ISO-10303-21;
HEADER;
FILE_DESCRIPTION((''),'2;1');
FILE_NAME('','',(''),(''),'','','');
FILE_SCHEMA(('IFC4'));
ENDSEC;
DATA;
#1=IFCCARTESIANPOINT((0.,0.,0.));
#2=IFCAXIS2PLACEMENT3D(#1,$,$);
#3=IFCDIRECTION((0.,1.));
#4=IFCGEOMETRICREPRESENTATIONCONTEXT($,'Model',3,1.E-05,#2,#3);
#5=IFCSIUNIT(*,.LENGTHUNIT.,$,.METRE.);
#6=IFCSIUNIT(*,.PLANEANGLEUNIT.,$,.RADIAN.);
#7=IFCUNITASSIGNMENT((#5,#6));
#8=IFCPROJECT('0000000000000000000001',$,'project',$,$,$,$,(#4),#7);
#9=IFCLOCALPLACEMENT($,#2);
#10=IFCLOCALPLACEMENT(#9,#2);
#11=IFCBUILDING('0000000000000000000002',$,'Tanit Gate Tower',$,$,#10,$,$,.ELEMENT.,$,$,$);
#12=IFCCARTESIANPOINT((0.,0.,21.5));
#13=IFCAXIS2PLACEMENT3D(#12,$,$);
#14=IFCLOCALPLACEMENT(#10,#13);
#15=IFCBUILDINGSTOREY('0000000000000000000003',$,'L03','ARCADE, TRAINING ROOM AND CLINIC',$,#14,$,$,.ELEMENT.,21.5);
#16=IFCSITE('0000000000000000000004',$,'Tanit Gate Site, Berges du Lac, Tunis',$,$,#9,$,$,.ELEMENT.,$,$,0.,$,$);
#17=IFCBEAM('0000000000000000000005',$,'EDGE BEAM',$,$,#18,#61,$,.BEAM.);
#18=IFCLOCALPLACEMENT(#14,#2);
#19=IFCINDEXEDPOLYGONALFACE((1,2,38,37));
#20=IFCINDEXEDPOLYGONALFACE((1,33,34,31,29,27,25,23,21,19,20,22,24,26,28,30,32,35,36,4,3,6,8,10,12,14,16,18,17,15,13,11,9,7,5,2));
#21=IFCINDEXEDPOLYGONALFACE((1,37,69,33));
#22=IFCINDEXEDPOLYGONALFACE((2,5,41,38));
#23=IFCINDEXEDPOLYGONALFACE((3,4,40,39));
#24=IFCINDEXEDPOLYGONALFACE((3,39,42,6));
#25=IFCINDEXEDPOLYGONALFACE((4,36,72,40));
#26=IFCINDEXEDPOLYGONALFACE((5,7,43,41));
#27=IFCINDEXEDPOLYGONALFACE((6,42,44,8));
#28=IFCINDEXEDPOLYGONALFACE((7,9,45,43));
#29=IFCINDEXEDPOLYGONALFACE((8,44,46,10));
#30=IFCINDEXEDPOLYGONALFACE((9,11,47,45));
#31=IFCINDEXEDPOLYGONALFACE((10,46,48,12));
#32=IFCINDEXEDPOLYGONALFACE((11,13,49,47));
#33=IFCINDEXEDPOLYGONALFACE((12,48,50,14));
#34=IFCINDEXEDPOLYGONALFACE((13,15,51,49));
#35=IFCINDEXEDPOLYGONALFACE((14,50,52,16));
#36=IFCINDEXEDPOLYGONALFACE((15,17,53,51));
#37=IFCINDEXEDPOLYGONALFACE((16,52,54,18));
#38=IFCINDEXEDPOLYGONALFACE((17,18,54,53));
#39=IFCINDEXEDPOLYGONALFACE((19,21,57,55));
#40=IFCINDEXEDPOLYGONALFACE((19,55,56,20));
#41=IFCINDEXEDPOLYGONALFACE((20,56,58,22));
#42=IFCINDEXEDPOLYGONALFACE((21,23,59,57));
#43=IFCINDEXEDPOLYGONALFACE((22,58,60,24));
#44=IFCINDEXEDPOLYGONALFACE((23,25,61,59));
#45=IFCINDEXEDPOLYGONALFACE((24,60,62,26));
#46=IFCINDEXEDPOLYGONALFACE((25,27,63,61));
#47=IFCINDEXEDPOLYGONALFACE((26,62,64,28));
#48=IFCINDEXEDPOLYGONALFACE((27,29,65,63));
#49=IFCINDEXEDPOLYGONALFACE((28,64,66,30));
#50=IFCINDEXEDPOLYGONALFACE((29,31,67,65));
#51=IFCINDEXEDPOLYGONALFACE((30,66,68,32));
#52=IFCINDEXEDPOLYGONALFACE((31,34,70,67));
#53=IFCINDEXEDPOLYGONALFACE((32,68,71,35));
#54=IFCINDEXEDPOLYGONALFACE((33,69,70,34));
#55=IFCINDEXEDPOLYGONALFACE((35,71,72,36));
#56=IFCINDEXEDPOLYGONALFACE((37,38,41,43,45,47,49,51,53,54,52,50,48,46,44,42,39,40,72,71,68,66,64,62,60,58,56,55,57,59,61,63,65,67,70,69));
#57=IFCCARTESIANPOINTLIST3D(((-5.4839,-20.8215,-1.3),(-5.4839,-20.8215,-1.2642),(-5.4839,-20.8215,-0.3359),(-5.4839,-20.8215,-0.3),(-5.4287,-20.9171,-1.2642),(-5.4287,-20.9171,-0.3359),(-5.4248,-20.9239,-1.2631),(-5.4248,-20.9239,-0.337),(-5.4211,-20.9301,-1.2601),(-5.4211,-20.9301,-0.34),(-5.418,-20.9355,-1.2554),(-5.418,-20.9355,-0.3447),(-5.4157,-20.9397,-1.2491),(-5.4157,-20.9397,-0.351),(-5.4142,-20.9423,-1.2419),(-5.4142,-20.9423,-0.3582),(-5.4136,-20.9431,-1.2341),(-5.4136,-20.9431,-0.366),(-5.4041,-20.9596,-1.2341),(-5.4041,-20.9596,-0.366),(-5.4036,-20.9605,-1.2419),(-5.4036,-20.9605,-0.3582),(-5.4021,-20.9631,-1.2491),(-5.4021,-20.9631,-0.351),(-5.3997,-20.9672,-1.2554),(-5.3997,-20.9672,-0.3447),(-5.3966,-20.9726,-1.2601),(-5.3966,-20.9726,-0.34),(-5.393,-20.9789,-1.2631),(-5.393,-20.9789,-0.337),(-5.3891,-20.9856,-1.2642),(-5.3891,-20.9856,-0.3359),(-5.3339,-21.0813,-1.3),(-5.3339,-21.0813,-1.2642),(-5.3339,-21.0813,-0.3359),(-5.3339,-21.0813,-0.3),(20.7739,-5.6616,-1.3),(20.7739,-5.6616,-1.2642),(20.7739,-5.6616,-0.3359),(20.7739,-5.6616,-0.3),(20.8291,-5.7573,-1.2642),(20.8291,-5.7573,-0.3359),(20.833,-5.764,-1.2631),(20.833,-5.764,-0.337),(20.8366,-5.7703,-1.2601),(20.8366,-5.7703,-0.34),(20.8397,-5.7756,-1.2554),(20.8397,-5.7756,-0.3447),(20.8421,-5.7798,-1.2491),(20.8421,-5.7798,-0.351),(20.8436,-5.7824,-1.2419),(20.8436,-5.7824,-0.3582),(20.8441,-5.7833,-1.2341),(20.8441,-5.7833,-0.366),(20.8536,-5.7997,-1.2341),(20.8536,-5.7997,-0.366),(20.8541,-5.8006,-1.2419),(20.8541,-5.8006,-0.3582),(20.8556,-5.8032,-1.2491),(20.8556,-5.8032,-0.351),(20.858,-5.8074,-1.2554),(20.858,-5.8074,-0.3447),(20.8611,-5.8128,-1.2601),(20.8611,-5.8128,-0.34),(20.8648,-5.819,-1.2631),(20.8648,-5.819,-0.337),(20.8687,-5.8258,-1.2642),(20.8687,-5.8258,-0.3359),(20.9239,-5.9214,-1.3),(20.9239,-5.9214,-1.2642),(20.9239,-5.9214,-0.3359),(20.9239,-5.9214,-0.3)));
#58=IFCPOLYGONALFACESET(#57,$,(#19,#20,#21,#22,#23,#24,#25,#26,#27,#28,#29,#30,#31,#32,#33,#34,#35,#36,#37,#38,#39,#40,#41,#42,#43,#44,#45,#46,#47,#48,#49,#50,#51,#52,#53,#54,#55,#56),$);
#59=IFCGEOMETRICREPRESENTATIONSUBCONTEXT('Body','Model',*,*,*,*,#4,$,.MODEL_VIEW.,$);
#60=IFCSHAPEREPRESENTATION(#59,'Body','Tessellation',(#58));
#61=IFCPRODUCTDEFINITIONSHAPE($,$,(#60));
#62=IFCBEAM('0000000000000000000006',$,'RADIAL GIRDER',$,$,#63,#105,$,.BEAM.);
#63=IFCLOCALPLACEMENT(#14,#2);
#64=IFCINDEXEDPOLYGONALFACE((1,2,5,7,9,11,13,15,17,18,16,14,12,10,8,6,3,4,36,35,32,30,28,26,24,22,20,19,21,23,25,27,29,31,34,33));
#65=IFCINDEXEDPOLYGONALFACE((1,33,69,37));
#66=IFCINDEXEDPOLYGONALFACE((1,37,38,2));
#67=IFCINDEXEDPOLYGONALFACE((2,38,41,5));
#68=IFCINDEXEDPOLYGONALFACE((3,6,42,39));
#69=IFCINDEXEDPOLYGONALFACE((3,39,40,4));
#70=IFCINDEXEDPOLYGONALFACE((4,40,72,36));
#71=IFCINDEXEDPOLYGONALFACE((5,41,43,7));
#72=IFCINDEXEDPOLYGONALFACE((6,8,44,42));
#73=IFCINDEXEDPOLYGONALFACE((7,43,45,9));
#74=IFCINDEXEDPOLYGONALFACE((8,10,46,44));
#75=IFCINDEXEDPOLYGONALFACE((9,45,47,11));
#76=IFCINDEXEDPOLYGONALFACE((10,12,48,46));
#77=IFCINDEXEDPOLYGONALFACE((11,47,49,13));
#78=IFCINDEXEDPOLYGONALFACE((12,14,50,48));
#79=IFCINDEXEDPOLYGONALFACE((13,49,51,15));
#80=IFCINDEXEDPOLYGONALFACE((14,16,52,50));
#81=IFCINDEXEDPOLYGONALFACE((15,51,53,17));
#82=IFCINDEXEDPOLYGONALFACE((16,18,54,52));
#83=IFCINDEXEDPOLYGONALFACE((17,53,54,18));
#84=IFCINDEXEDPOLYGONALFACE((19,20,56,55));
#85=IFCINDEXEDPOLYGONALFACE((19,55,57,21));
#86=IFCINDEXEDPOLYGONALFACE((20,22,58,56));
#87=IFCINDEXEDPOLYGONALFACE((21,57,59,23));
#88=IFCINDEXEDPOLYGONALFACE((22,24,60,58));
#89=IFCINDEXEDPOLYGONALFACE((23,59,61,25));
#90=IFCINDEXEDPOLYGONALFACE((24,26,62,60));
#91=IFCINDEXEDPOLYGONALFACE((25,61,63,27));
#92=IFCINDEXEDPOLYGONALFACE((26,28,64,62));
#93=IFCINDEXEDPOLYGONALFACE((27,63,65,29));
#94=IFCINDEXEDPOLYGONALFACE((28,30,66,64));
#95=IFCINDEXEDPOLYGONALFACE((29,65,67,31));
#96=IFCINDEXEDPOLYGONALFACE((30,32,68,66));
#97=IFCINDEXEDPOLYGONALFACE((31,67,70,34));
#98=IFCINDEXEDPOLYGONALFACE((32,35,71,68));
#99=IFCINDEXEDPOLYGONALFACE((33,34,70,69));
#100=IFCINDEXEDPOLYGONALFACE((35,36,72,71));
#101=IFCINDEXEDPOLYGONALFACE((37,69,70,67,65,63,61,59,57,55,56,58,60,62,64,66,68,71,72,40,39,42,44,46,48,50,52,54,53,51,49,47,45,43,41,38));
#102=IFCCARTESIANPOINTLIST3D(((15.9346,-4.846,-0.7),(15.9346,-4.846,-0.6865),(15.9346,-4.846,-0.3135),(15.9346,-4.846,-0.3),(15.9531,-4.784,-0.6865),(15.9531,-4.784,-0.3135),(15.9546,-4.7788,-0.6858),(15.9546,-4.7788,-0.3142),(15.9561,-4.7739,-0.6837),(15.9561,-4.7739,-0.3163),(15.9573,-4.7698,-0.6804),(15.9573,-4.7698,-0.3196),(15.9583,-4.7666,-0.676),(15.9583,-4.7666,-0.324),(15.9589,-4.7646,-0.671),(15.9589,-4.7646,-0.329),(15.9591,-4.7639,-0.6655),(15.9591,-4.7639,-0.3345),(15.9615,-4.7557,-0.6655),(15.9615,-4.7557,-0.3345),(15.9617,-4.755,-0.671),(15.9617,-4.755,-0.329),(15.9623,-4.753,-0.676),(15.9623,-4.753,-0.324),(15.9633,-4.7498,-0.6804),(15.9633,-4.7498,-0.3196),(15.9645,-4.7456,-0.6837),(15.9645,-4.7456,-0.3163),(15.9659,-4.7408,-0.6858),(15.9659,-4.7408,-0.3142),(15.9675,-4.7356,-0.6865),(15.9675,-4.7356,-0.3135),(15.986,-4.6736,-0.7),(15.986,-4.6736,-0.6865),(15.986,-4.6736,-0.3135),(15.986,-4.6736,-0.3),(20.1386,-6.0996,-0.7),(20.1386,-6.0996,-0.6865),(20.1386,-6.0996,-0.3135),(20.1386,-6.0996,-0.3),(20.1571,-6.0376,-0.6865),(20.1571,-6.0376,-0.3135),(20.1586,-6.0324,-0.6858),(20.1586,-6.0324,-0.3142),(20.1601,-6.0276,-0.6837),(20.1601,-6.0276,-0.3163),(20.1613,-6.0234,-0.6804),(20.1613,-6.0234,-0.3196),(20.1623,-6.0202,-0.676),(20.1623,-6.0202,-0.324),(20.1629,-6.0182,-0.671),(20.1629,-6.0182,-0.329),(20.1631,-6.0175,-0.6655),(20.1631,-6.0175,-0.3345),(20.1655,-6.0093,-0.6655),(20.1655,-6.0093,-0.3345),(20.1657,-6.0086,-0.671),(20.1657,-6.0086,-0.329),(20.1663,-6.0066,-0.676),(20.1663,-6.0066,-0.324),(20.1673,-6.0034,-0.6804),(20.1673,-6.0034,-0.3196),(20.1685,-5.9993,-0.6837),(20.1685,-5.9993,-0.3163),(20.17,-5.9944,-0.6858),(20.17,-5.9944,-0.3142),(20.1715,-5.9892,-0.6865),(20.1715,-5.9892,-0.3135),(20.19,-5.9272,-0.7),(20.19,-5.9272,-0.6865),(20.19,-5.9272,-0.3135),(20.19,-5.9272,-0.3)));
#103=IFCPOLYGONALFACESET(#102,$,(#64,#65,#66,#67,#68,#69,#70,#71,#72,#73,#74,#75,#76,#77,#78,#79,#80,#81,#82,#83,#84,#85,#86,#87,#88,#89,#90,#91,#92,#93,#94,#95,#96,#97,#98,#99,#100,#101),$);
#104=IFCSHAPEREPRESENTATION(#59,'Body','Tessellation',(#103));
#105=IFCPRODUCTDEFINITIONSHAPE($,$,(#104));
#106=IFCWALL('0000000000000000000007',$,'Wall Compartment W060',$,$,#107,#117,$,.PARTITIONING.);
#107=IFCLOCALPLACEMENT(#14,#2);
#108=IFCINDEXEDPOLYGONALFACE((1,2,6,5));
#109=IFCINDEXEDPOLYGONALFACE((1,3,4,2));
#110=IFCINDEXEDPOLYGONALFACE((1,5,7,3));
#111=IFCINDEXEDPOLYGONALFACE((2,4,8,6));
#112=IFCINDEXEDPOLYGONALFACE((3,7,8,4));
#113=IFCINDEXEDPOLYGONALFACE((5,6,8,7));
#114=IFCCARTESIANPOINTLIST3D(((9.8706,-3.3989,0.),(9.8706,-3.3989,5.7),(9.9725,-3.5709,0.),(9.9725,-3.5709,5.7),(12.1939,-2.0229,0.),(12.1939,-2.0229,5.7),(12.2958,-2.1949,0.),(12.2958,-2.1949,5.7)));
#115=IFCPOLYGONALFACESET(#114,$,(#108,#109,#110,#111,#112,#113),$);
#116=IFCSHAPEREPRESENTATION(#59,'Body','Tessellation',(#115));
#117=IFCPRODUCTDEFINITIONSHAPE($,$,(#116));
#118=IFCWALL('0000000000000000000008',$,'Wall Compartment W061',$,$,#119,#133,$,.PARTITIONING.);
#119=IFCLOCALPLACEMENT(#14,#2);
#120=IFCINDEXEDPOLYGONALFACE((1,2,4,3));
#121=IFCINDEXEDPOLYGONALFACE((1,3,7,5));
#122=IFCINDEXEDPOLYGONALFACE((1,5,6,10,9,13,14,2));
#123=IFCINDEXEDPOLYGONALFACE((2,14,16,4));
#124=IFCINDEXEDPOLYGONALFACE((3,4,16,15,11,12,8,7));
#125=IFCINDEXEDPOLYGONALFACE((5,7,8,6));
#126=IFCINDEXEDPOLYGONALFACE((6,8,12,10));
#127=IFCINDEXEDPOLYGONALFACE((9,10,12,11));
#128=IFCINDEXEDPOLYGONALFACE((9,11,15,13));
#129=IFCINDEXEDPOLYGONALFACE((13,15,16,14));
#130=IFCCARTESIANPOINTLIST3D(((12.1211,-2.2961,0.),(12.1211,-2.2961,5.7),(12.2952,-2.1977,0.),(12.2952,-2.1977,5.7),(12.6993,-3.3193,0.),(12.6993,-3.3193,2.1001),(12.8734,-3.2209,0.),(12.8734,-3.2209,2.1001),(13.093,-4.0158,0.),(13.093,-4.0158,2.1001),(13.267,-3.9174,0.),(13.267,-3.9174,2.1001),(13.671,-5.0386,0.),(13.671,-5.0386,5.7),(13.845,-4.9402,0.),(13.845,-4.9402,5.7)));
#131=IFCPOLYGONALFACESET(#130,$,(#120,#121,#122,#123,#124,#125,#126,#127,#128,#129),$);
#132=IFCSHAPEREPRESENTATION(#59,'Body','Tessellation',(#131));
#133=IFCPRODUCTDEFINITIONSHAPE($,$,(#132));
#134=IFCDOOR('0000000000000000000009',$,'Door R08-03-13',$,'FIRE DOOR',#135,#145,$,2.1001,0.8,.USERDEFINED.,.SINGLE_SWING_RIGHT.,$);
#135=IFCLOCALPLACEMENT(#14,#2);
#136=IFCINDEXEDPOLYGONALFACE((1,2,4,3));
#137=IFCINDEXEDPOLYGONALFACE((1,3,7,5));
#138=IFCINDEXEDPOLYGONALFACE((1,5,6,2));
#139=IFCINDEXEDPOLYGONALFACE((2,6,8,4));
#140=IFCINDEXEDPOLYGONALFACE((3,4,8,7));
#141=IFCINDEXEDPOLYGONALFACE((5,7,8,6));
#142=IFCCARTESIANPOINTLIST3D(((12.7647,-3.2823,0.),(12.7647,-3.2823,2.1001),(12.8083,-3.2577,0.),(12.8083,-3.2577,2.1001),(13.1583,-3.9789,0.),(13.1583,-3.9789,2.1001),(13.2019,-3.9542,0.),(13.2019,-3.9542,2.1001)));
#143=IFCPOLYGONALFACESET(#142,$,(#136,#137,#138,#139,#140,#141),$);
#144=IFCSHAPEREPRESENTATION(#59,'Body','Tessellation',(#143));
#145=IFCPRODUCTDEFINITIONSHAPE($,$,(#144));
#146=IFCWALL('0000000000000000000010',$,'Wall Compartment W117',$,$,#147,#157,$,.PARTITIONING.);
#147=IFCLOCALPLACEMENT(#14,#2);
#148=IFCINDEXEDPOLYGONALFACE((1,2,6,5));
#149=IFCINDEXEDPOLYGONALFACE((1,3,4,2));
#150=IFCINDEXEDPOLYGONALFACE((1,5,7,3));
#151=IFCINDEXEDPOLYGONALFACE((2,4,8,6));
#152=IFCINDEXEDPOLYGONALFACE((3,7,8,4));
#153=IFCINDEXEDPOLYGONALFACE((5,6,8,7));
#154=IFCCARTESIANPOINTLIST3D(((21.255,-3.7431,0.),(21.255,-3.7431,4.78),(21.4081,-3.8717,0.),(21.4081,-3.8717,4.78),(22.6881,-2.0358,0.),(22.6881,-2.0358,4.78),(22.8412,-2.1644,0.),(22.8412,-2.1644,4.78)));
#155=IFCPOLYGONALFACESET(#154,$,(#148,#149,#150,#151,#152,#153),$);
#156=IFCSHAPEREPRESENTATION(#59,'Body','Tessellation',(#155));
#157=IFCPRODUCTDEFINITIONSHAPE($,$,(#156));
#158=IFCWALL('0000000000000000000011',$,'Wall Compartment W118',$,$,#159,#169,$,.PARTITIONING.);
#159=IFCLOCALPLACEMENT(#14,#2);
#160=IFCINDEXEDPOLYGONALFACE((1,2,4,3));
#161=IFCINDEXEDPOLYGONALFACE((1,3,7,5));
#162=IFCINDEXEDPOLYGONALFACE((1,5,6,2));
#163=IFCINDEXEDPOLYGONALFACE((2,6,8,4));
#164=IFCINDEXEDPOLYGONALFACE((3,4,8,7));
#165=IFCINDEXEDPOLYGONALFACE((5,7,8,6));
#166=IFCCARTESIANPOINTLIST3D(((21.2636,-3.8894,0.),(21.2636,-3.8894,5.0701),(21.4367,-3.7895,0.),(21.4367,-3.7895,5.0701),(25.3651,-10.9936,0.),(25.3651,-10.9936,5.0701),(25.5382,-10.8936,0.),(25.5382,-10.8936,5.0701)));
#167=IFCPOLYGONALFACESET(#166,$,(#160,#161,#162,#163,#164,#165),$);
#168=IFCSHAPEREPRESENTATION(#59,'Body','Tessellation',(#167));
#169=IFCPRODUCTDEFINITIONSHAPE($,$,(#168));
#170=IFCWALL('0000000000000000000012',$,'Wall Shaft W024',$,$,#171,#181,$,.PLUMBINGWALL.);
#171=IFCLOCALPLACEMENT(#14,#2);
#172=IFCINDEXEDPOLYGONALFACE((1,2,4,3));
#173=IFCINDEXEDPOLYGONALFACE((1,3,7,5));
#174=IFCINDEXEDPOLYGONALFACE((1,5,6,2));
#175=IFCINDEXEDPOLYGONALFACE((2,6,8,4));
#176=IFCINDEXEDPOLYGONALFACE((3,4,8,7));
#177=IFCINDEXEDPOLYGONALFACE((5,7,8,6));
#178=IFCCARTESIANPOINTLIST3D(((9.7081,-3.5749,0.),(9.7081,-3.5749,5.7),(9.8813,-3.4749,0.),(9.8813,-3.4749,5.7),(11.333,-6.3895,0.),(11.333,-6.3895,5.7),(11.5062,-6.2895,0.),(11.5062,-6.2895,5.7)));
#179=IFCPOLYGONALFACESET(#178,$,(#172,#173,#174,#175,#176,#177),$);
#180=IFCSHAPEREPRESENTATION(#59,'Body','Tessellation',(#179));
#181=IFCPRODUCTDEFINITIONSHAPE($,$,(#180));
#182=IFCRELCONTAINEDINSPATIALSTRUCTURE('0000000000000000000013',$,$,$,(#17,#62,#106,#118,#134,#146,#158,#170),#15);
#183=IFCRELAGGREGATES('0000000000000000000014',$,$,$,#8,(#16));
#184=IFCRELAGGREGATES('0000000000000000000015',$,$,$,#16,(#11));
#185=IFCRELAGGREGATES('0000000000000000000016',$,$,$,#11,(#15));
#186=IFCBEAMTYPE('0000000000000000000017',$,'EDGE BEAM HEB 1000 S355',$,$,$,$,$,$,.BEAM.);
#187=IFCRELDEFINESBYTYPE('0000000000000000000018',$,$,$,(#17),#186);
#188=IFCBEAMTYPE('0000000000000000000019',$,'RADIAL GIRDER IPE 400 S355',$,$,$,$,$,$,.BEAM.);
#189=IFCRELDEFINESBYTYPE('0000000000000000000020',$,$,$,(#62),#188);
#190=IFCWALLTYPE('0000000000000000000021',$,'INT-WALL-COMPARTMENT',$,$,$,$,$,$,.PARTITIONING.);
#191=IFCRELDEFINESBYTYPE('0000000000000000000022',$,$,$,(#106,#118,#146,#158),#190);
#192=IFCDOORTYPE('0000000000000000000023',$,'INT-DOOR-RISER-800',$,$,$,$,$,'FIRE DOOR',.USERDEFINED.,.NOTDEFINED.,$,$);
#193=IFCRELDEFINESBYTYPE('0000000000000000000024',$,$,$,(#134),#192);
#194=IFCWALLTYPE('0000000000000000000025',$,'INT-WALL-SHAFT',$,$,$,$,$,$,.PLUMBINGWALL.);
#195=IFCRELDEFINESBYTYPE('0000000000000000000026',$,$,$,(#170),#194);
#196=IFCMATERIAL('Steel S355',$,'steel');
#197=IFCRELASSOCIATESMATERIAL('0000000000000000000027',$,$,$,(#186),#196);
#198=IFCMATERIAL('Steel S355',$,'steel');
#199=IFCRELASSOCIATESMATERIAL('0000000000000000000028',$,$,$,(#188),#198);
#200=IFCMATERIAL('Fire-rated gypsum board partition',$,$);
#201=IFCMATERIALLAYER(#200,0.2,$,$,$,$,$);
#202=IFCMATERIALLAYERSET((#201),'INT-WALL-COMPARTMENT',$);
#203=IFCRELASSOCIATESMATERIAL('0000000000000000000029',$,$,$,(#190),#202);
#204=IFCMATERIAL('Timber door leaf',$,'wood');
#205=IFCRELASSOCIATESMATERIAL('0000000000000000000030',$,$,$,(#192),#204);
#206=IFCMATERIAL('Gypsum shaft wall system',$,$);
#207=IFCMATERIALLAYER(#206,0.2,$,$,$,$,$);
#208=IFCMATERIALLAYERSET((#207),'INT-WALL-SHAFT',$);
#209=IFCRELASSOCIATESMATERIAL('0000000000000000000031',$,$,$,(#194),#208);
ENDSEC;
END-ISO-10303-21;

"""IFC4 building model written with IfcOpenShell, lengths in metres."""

from ifc_helpers import new_model, si_unit, direction, frame, frame_2d, origin, origin_2d, place, context, subcontext, project, spatial, rectangle, i_section, extrude, material, layer, layer_set, material_profile, profile_set, type_object, element, fill, save


model = new_model("IFC4")

# Units and contexts
model_context = context("Model", 3, precision=1e-05, world=origin(), true_north=direction((0.0, 1.0)))
body_context = subcontext(model_context, "Body", "Model", "MODEL_VIEW")
ifc_project = project(units=[si_unit("LENGTHUNIT", "METRE"), si_unit("PLANEANGLEUNIT", "RADIAN")], contexts=[model_context])

# Site, building, storey
site_placement = place(None, origin())
site = spatial("IfcSite", under=ifc_project, at=site_placement, Name="Tanit Gate Site, Berges du Lac, Tunis", CompositionType="ELEMENT", RefElevation=0.0)
building_placement = place(site_placement, origin())
building = spatial("IfcBuilding", under=site, at=building_placement, Name="Tanit Gate Tower", CompositionType="ELEMENT")
storey_placement = place(building_placement, frame((0.0, 0.0, 21.5)))
storey = spatial("IfcBuildingStorey", under=building, at=storey_placement, Name="L03", Description="ARCADE, TRAINING ROOM AND CLINIC", CompositionType="ELEMENT", Elevation=21.5)

# Beams
ifc_material_1 = material(Name="Steel S355", Category="steel")
ifc_material_profile_1 = material_profile(ifc_material_1, i_section(OverallWidth=0.3, OverallDepth=1.0, WebThickness=0.019, FlangeThickness=0.0359, FilletRadius=0.03, at=origin_2d()), Name="HEB 1000")
ifc_profile_set_1 = profile_set([ifc_material_profile_1], Name="Steel S355")
beam_type_1 = type_object("IfcBeamType", Name="EDGE BEAM HEB 1000 S355", PredefinedType="BEAM", material=ifc_profile_set_1)
beam_1_placement = place(storey_placement, frame((20.8489, -5.7915, -0.8), z_axis=(-0.866026, -0.499999, 0.0), x_axis=(0.499999, -0.866026, 0.0)))
element("IfcBeam", 1, at=beam_1_placement, inside=storey, type_object=beam_type_1, Name="EDGE BEAM", PredefinedType="BEAM", context=body_context, shape_type="SweptSolid", body=[
    extrude(i_section(OverallWidth=0.3, OverallDepth=1.0, WebThickness=0.019, FlangeThickness=0.0359, FilletRadius=0.03, at=origin_2d()), origin(), (0.0, 0.0, 1.0), 30.3198),
])
ifc_material_2 = material(Name="Steel S355", Category="steel")
ifc_material_profile_2 = material_profile(ifc_material_2, i_section(OverallWidth=0.1799, OverallDepth=0.3999, WebThickness=0.0085, FlangeThickness=0.0134, FilletRadius=0.021, at=origin_2d()), Name="IPE 400")
ifc_profile_set_2 = profile_set([ifc_material_profile_2], Name="Steel S355")
beam_type_2 = type_object("IfcBeamType", Name="RADIAL GIRDER IPE 400 S355", PredefinedType="BEAM", material=ifc_profile_set_2)
beam_2_placement = place(storey_placement, frame((20.1643, -6.0134, -0.5), z_axis=(-0.9583, 0.285765, 0.0), x_axis=(-0.285765, -0.9583, 0.0)))
element("IfcBeam", 2, at=beam_2_placement, inside=storey, type_object=beam_type_2, Name="RADIAL GIRDER", PredefinedType="BEAM", context=body_context, shape_type="SweptSolid", body=[
    extrude(i_section(OverallWidth=0.1799, OverallDepth=0.3999, WebThickness=0.0085, FlangeThickness=0.0134, FilletRadius=0.021, at=origin_2d()), origin(), (0.0, 0.0, 1.0), 4.387),
])

# Wall
ifc_material_3 = material(Name="Fire-rated gypsum board partition")
ifc_layer_1 = layer(ifc_material_3, 0.2)
ifc_layer_set_1 = layer_set([ifc_layer_1], Name="INT-WALL-COMPARTMENT")
wall_type_1 = type_object("IfcWallType", Name="INT-WALL-COMPARTMENT", PredefinedType="PARTITIONING", material=ifc_layer_set_1)
wall_1_placement = place(storey_placement, frame((12.2449, -2.1089, 0.0), z_axis=(0.0, 0.0, 1.0), x_axis=(-0.860415, -0.509594, 0.0)))
element("IfcWall", 3, at=wall_1_placement, inside=storey, type_object=wall_type_1, Name="Wall Compartment W060", PredefinedType="PARTITIONING", context=body_context, shape_type="SweptSolid", body=[
    extrude(rectangle(XDim=2.7002, YDim=0.2, at=frame_2d((1.3501, 0.0))), origin(), (0.0, 0.0, 1.0), 5.7),
])

# Wall, opening, door
wall_2_placement = place(storey_placement, frame((13.7581, -4.9895, 0.0), z_axis=(0.0, 0.0, 1.0), x_axis=(-0.491993, 0.870599, 0.0)))
wall_2 = element("IfcWall", 4, at=wall_2_placement, inside=storey, type_object=wall_type_1, Name="Wall Compartment W061", PredefinedType="PARTITIONING", context=body_context, shape_type="SweptSolid", body=[
    extrude(rectangle(XDim=3.1501, YDim=0.2, at=frame_2d((1.5752, 0.0))), origin(), (0.0, 0.0, 1.0), 5.7),
])
opening_1_placement = place(wall_2_placement, frame((1.175, 0.0, 0.0)))
opening_1 = element("IfcOpeningElement", 5, at=opening_1_placement, cuts=wall_2, PredefinedType="OPENING", context=body_context, shape_type="SweptSolid", body=[
    extrude(rectangle(XDim=0.8, YDim=2.1001, at=frame_2d((0.3999, 1.05))), frame((0.0, 0.1099, 0.0), z_axis=(0.0, -1.0, 0.0), x_axis=(1.0, 0.0, 0.0)), (0.0, 0.0, 1.0), 0.22),
])
ifc_material_4 = material(Name="Timber door leaf", Category="wood")
door_type_1 = type_object("IfcDoorType", Name="INT-DOOR-RISER-800", ElementType="FIRE DOOR", OperationType="NOTDEFINED", PredefinedType="USERDEFINED", material=ifc_material_4)
door_1_placement = place(opening_1_placement, origin())
door_1 = element("IfcDoor", 6, at=door_1_placement, inside=storey, type_object=door_type_1, Name="Door R08-03-13", ObjectType="FIRE DOOR", OperationType="SINGLE_SWING_RIGHT", OverallHeight=2.1001, OverallWidth=0.8, PredefinedType="USERDEFINED", context=body_context, shape_type="SweptSolid", body=[
    extrude(rectangle(XDim=0.8, YDim=2.1001, at=frame_2d((0.3999, 1.05))), frame((0.0, 0.0249, 0.0), z_axis=(0.0, -1.0, 0.0), x_axis=(1.0, 0.0, 0.0)), (0.0, 0.0, 1.0), 0.05),
])
fill(opening_1, door_1)

# Walls
wall_3_placement = place(storey_placement, frame((21.3315, -3.8074, 0.0), z_axis=(0.0, 0.0, 1.0), x_axis=(0.642927, 0.765927, 0.0)))
element("IfcWall", 7, at=wall_3_placement, inside=storey, type_object=wall_type_1, Name="Wall Compartment W117", PredefinedType="PARTITIONING", context=body_context, shape_type="SweptSolid", body=[
    extrude(rectangle(XDim=2.229, YDim=0.2, at=frame_2d((1.1145, 0.0))), origin(), (0.0, 0.0, 1.0), 4.78),
])
wall_4_placement = place(storey_placement, frame((25.4517, -10.9436, 0.0), z_axis=(0.0, 0.0, 1.0), x_axis=(-0.499993, 0.866029, 0.0)))
element("IfcWall", 8, at=wall_4_placement, inside=storey, type_object=wall_type_1, Name="Wall Compartment W118", PredefinedType="PARTITIONING", context=body_context, shape_type="SweptSolid", body=[
    extrude(rectangle(XDim=8.2031, YDim=0.2, at=frame_2d((4.1016, 0.0))), origin(), (0.0, 0.0, 1.0), 5.0701),
])
ifc_material_5 = material(Name="Gypsum shaft wall system")
ifc_layer_2 = layer(ifc_material_5, 0.2)
ifc_layer_set_2 = layer_set([ifc_layer_2], Name="INT-WALL-SHAFT")
wall_type_2 = type_object("IfcWallType", Name="INT-WALL-SHAFT", PredefinedType="PLUMBINGWALL", material=ifc_layer_set_2)
wall_5_placement = place(storey_placement, frame((9.7947, -3.5249, 0.0), z_axis=(0.0, 0.0, 1.0), x_axis=(0.499985, -0.866034, 0.0)))
element("IfcWall", 9, at=wall_5_placement, inside=storey, type_object=wall_type_2, Name="Wall Shaft W024", PredefinedType="PLUMBINGWALL", context=body_context, shape_type="SweptSolid", body=[
    extrude(rectangle(XDim=3.25, YDim=0.2, at=frame_2d((1.625, 0.0))), origin(), (0.0, 0.0, 1.0), 5.7),
])

save(model, "model.ifc")
